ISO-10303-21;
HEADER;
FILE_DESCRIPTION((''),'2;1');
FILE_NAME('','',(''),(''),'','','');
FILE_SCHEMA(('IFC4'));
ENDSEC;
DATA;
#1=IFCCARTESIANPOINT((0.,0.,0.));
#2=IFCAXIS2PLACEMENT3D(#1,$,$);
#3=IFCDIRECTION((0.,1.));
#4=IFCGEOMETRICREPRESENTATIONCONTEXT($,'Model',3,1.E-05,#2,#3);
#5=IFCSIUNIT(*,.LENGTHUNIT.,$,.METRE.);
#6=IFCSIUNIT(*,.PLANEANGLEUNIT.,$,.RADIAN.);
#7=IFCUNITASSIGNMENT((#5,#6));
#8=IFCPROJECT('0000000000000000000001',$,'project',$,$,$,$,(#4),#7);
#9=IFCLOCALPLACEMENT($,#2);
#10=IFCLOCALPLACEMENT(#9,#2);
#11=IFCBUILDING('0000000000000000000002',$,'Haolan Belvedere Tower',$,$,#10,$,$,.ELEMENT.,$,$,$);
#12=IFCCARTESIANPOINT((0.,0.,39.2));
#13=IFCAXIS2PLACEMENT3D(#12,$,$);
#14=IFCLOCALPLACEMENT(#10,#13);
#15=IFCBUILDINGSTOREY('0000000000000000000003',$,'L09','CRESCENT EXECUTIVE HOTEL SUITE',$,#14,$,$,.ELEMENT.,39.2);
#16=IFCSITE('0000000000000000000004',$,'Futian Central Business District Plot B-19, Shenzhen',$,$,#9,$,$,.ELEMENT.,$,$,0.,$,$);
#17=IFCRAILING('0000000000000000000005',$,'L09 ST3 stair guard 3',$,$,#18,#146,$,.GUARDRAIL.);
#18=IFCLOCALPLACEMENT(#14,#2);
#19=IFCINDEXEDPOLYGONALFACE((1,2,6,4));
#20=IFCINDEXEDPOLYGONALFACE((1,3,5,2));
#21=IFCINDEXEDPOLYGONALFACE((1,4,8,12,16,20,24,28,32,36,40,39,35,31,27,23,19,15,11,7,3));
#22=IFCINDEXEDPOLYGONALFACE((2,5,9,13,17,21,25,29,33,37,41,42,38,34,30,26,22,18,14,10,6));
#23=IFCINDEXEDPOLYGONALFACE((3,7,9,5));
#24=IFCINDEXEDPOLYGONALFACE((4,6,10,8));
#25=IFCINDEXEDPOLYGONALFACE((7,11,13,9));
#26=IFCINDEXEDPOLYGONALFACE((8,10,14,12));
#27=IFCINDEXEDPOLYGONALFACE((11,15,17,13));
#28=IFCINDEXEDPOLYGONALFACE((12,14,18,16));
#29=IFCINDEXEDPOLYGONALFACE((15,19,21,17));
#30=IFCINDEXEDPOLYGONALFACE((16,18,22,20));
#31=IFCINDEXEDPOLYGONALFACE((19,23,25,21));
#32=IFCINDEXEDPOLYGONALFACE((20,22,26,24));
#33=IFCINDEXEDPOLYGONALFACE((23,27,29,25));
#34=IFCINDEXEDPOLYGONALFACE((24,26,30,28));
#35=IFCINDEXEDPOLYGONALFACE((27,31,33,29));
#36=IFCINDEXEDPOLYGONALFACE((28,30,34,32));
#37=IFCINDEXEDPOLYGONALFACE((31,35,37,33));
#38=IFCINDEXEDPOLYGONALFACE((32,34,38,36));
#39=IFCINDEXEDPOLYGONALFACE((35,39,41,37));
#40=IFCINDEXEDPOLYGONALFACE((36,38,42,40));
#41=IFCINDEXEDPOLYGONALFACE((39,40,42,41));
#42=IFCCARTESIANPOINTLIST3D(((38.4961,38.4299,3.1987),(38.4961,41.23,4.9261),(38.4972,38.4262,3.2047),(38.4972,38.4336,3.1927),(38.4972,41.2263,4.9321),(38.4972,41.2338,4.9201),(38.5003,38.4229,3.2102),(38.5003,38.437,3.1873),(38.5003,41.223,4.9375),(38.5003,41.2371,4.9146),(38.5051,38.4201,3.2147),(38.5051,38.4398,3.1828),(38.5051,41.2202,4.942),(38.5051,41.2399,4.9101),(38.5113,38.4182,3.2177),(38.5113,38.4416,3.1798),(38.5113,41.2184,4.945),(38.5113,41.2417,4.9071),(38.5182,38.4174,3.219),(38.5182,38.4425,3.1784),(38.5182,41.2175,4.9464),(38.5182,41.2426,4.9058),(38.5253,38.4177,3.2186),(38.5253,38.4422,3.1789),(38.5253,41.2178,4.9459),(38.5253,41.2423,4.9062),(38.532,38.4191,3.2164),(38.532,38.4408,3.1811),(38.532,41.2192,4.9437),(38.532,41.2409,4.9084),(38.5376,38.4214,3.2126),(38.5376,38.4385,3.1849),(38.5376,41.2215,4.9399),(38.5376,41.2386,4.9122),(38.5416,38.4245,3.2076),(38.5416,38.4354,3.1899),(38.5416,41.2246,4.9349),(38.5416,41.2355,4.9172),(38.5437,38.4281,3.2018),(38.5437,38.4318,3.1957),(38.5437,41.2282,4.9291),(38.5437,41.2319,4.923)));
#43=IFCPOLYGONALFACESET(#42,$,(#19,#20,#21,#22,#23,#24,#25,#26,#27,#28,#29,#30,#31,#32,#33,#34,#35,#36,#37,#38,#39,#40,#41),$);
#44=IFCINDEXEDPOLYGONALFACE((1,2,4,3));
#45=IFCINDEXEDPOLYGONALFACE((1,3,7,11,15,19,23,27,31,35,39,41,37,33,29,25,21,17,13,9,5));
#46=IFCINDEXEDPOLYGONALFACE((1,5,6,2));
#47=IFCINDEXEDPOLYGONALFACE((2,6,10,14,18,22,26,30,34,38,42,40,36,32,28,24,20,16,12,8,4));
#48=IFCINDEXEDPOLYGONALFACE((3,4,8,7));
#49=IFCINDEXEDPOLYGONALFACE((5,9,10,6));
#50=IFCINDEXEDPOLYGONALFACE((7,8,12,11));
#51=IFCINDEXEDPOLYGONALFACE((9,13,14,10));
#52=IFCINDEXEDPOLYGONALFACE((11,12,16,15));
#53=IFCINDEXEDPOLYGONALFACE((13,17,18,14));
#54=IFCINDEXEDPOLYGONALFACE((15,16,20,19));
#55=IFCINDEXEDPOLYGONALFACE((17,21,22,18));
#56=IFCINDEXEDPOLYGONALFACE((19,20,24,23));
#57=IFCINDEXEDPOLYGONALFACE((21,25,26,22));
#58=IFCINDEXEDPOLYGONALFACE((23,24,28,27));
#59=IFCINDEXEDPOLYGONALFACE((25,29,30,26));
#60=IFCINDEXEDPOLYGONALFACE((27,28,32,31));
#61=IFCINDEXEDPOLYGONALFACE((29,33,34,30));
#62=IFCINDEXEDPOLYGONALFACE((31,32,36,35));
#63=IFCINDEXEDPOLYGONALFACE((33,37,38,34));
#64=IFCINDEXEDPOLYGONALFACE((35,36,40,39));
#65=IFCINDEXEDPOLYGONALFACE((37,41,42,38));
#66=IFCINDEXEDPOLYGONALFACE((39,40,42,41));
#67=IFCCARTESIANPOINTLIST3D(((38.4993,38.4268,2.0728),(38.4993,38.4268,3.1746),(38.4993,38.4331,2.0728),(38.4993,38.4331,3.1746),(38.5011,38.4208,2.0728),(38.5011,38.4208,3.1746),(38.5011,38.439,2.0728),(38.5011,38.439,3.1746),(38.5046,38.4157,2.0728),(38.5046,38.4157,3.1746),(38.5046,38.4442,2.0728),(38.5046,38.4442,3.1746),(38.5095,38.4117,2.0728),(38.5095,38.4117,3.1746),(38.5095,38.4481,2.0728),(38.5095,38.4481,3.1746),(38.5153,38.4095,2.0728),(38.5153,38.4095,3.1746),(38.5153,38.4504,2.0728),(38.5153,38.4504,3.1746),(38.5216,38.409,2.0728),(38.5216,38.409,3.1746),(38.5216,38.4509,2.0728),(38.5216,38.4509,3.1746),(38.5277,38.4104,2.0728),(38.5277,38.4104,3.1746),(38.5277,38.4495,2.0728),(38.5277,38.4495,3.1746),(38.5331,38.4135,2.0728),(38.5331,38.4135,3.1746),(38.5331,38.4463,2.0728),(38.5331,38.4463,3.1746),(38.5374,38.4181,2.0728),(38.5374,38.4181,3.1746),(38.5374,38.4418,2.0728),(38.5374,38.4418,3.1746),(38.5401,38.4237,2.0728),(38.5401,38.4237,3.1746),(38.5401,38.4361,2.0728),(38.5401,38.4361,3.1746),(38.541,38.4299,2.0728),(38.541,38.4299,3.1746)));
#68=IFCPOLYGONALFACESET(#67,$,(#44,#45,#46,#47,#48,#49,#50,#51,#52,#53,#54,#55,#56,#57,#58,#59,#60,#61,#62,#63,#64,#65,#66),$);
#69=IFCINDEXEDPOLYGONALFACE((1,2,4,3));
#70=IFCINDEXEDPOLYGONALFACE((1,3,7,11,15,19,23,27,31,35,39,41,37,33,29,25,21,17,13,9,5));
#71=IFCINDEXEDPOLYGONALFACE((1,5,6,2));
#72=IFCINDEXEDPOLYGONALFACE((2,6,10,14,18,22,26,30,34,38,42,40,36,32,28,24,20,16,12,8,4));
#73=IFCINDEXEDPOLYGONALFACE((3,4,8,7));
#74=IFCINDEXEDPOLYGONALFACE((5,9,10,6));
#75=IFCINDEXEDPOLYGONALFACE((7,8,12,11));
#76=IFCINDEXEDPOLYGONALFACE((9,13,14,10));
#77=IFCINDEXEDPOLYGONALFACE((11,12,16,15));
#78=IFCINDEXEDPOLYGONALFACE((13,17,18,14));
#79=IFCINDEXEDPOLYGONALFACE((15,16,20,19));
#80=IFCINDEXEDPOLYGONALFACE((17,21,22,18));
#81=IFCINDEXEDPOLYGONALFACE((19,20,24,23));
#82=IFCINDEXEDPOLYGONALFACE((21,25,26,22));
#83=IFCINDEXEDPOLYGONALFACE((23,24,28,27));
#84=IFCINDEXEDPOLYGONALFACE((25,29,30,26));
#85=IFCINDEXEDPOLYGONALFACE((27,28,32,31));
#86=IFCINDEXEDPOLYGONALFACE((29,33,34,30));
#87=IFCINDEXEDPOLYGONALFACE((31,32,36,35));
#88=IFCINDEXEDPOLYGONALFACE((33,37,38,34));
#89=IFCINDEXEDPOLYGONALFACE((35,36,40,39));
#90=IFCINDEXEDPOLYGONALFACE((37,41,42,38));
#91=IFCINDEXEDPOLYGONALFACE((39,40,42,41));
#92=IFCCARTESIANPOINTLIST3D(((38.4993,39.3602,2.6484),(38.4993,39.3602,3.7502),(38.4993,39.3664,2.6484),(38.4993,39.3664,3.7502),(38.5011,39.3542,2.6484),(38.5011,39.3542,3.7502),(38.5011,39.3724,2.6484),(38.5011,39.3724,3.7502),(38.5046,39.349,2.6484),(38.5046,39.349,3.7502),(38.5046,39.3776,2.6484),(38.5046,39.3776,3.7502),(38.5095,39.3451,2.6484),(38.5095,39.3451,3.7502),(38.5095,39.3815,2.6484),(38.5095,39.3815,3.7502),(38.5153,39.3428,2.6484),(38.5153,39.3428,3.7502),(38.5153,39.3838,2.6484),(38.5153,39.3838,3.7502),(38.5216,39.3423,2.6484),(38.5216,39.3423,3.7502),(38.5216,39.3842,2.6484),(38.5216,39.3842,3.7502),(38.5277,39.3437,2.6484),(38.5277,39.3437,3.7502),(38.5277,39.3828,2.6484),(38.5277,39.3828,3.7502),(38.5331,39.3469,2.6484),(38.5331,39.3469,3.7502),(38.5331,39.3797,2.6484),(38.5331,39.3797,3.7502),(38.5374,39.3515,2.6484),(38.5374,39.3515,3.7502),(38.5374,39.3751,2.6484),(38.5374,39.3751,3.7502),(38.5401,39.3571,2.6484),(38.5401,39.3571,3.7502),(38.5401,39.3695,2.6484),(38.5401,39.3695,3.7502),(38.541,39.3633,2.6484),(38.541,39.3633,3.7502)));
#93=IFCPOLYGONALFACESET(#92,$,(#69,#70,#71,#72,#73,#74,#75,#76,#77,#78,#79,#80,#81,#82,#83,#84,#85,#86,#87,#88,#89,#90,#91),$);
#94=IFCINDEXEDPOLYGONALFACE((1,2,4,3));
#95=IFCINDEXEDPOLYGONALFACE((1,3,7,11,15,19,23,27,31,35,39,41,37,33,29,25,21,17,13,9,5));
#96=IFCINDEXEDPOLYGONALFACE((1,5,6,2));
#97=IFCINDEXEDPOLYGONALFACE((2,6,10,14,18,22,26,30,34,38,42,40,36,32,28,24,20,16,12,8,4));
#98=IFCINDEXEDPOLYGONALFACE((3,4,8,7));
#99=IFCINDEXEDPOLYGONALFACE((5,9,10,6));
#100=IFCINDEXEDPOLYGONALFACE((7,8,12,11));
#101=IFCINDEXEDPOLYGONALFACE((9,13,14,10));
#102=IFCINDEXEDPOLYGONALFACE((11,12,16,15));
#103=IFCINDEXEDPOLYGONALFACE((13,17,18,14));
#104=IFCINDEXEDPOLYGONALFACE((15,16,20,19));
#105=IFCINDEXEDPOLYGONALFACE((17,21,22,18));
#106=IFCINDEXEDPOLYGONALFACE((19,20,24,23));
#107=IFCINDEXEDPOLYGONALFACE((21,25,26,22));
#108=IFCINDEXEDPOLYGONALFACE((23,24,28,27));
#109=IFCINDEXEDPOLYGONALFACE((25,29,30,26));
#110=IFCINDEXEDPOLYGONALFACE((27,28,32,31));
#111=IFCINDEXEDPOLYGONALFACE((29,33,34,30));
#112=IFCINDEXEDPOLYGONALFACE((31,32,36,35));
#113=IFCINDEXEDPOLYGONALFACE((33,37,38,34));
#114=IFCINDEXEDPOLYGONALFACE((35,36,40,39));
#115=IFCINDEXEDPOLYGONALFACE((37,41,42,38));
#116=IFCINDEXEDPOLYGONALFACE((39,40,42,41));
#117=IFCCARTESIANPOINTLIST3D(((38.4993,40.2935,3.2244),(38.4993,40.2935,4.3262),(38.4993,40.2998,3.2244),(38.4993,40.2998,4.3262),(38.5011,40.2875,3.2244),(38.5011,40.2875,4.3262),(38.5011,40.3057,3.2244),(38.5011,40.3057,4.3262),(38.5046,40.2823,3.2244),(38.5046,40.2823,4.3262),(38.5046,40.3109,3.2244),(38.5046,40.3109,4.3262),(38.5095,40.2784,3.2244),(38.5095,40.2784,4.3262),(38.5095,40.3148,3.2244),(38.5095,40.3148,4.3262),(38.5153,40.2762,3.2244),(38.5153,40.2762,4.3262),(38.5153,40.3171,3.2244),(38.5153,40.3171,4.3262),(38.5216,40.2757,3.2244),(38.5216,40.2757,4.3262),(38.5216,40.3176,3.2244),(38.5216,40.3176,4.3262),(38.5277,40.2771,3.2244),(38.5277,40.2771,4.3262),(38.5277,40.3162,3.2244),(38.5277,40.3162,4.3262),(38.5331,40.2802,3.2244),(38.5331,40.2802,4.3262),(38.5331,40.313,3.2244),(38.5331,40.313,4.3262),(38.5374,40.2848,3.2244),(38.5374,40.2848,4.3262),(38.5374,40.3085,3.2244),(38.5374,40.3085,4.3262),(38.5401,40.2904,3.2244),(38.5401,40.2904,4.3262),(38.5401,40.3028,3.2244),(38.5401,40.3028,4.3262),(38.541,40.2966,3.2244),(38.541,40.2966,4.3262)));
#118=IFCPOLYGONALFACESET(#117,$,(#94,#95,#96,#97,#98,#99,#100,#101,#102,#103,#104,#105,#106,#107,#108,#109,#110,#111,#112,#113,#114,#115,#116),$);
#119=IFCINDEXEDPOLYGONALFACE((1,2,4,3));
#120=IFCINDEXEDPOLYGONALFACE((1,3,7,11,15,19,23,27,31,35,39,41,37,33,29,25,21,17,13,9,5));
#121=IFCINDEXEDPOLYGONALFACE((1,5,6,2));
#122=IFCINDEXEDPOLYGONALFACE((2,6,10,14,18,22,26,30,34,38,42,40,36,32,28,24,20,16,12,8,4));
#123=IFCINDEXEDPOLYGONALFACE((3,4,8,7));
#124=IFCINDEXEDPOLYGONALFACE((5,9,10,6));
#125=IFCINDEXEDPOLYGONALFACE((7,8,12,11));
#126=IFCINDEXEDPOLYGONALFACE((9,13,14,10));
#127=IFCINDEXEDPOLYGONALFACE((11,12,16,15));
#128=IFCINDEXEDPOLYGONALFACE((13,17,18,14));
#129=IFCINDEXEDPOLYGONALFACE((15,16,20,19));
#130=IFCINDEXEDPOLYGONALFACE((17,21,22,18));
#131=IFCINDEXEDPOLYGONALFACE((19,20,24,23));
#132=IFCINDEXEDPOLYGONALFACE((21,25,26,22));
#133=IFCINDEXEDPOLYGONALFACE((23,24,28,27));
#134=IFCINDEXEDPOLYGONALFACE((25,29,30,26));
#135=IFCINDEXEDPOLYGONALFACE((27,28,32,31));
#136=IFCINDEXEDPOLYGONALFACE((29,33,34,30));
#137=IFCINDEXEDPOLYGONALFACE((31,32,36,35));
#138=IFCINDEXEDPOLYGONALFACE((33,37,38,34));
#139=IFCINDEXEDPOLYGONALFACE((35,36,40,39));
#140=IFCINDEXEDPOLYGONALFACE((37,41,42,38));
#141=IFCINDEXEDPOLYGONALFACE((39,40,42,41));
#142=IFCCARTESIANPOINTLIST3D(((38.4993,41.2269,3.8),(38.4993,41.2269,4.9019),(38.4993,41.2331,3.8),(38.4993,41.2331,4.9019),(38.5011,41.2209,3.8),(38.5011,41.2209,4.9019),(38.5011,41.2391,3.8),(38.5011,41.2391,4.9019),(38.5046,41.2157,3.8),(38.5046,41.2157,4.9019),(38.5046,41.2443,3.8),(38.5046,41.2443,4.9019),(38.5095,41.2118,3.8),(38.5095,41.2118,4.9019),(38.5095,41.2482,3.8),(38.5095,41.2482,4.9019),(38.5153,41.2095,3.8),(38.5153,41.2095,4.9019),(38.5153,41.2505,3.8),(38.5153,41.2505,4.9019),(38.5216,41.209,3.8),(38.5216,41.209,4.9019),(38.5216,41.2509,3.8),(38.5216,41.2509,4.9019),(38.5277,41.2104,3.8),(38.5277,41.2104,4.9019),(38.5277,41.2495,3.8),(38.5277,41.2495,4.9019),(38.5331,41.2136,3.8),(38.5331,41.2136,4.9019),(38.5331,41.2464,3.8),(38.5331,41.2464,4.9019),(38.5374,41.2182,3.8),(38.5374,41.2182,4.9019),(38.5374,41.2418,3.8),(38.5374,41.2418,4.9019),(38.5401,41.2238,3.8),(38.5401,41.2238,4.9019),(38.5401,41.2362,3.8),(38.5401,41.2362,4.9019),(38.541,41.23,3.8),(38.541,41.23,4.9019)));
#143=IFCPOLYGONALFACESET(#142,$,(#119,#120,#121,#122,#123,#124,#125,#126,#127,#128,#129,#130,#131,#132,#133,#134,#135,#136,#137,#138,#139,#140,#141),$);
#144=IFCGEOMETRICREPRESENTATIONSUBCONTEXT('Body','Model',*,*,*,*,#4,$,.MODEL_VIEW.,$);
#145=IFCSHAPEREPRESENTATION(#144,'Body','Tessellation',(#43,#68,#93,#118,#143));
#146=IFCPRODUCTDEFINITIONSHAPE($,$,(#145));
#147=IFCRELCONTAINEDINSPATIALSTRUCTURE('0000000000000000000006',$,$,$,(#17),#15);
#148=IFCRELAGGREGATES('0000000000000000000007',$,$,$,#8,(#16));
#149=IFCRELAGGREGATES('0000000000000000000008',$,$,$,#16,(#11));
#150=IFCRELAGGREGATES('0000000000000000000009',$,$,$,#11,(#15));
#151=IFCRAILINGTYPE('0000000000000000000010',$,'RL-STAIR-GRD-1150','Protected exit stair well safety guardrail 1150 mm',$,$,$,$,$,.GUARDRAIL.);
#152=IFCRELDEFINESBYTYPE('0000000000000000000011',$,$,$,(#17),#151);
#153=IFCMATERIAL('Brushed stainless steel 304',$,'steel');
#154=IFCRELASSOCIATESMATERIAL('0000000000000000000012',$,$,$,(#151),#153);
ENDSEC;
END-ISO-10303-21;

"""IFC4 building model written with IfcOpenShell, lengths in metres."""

from ifc_helpers import new_model, si_unit, direction, frame, origin, origin_2d, place, context, subcontext, project, spatial, circle, extrude, material, type_object, element, save


model = new_model("IFC4")

# Units and contexts
model_context = context("Model", 3, precision=1e-05, world=origin(), true_north=direction((0.0, 1.0)))
body_context = subcontext(model_context, "Body", "Model", "MODEL_VIEW")
ifc_project = project(units=[si_unit("LENGTHUNIT", "METRE"), si_unit("PLANEANGLEUNIT", "RADIAN")], contexts=[model_context])

# Site, building, storey
site_placement = place(None, origin())
site = spatial("IfcSite", under=ifc_project, at=site_placement, Name="Futian Central Business District Plot B-19, Shenzhen", CompositionType="ELEMENT", RefElevation=0.0)
building_placement = place(site_placement, origin())
building = spatial("IfcBuilding", under=site, at=building_placement, Name="Haolan Belvedere Tower", CompositionType="ELEMENT")
storey_placement = place(building_placement, frame((0.0, 0.0, 39.2)))
storey = spatial("IfcBuildingStorey", under=building, at=storey_placement, Name="L09", Description="CRESCENT EXECUTIVE HOTEL SUITE", CompositionType="ELEMENT", Elevation=39.2)

# Railing
ifc_material_1 = material(Name="Brushed stainless steel 304", Category="steel")
railing_type_1 = type_object("IfcRailingType", Name="RL-STAIR-GRD-1150", Description="Protected exit stair well safety guardrail 1150 mm", PredefinedType="GUARDRAIL", material=ifc_material_1)
railing_1_placement = place(storey_placement, frame((38.52, 38.4299, 2.0728)))
element("IfcRailing", 1, at=railing_1_placement, inside=storey, type_object=railing_type_1, Name="L09 ST3 stair guard 3", PredefinedType="GUARDRAIL", context=body_context, shape_type="SweptSolid", body=[
    extrude(circle(Radius=0.0239, at=origin_2d()), frame((0.0, 0.0, 1.126), z_axis=(0.0, 0.85109, 0.52502), x_axis=(-1.0, 0.0, 0.0)), (0.0, 0.0, 1.0), 3.29),
    extrude(circle(Radius=0.021, at=origin_2d()), origin(), (0.0, 0.0, 1.0), 1.1018),
    extrude(circle(Radius=0.021, at=origin_2d()), frame((0.0, 0.9333, 0.5757)), (0.0, 0.0, 1.0), 1.1018),
    extrude(circle(Radius=0.021, at=origin_2d()), frame((0.0, 1.8667, 1.1516)), (0.0, 0.0, 1.0), 1.1018),
    extrude(circle(Radius=0.021, at=origin_2d()), frame((0.0, 2.8, 1.7273)), (0.0, 0.0, 1.0), 1.1018),
])

save(model, "model.ifc")
